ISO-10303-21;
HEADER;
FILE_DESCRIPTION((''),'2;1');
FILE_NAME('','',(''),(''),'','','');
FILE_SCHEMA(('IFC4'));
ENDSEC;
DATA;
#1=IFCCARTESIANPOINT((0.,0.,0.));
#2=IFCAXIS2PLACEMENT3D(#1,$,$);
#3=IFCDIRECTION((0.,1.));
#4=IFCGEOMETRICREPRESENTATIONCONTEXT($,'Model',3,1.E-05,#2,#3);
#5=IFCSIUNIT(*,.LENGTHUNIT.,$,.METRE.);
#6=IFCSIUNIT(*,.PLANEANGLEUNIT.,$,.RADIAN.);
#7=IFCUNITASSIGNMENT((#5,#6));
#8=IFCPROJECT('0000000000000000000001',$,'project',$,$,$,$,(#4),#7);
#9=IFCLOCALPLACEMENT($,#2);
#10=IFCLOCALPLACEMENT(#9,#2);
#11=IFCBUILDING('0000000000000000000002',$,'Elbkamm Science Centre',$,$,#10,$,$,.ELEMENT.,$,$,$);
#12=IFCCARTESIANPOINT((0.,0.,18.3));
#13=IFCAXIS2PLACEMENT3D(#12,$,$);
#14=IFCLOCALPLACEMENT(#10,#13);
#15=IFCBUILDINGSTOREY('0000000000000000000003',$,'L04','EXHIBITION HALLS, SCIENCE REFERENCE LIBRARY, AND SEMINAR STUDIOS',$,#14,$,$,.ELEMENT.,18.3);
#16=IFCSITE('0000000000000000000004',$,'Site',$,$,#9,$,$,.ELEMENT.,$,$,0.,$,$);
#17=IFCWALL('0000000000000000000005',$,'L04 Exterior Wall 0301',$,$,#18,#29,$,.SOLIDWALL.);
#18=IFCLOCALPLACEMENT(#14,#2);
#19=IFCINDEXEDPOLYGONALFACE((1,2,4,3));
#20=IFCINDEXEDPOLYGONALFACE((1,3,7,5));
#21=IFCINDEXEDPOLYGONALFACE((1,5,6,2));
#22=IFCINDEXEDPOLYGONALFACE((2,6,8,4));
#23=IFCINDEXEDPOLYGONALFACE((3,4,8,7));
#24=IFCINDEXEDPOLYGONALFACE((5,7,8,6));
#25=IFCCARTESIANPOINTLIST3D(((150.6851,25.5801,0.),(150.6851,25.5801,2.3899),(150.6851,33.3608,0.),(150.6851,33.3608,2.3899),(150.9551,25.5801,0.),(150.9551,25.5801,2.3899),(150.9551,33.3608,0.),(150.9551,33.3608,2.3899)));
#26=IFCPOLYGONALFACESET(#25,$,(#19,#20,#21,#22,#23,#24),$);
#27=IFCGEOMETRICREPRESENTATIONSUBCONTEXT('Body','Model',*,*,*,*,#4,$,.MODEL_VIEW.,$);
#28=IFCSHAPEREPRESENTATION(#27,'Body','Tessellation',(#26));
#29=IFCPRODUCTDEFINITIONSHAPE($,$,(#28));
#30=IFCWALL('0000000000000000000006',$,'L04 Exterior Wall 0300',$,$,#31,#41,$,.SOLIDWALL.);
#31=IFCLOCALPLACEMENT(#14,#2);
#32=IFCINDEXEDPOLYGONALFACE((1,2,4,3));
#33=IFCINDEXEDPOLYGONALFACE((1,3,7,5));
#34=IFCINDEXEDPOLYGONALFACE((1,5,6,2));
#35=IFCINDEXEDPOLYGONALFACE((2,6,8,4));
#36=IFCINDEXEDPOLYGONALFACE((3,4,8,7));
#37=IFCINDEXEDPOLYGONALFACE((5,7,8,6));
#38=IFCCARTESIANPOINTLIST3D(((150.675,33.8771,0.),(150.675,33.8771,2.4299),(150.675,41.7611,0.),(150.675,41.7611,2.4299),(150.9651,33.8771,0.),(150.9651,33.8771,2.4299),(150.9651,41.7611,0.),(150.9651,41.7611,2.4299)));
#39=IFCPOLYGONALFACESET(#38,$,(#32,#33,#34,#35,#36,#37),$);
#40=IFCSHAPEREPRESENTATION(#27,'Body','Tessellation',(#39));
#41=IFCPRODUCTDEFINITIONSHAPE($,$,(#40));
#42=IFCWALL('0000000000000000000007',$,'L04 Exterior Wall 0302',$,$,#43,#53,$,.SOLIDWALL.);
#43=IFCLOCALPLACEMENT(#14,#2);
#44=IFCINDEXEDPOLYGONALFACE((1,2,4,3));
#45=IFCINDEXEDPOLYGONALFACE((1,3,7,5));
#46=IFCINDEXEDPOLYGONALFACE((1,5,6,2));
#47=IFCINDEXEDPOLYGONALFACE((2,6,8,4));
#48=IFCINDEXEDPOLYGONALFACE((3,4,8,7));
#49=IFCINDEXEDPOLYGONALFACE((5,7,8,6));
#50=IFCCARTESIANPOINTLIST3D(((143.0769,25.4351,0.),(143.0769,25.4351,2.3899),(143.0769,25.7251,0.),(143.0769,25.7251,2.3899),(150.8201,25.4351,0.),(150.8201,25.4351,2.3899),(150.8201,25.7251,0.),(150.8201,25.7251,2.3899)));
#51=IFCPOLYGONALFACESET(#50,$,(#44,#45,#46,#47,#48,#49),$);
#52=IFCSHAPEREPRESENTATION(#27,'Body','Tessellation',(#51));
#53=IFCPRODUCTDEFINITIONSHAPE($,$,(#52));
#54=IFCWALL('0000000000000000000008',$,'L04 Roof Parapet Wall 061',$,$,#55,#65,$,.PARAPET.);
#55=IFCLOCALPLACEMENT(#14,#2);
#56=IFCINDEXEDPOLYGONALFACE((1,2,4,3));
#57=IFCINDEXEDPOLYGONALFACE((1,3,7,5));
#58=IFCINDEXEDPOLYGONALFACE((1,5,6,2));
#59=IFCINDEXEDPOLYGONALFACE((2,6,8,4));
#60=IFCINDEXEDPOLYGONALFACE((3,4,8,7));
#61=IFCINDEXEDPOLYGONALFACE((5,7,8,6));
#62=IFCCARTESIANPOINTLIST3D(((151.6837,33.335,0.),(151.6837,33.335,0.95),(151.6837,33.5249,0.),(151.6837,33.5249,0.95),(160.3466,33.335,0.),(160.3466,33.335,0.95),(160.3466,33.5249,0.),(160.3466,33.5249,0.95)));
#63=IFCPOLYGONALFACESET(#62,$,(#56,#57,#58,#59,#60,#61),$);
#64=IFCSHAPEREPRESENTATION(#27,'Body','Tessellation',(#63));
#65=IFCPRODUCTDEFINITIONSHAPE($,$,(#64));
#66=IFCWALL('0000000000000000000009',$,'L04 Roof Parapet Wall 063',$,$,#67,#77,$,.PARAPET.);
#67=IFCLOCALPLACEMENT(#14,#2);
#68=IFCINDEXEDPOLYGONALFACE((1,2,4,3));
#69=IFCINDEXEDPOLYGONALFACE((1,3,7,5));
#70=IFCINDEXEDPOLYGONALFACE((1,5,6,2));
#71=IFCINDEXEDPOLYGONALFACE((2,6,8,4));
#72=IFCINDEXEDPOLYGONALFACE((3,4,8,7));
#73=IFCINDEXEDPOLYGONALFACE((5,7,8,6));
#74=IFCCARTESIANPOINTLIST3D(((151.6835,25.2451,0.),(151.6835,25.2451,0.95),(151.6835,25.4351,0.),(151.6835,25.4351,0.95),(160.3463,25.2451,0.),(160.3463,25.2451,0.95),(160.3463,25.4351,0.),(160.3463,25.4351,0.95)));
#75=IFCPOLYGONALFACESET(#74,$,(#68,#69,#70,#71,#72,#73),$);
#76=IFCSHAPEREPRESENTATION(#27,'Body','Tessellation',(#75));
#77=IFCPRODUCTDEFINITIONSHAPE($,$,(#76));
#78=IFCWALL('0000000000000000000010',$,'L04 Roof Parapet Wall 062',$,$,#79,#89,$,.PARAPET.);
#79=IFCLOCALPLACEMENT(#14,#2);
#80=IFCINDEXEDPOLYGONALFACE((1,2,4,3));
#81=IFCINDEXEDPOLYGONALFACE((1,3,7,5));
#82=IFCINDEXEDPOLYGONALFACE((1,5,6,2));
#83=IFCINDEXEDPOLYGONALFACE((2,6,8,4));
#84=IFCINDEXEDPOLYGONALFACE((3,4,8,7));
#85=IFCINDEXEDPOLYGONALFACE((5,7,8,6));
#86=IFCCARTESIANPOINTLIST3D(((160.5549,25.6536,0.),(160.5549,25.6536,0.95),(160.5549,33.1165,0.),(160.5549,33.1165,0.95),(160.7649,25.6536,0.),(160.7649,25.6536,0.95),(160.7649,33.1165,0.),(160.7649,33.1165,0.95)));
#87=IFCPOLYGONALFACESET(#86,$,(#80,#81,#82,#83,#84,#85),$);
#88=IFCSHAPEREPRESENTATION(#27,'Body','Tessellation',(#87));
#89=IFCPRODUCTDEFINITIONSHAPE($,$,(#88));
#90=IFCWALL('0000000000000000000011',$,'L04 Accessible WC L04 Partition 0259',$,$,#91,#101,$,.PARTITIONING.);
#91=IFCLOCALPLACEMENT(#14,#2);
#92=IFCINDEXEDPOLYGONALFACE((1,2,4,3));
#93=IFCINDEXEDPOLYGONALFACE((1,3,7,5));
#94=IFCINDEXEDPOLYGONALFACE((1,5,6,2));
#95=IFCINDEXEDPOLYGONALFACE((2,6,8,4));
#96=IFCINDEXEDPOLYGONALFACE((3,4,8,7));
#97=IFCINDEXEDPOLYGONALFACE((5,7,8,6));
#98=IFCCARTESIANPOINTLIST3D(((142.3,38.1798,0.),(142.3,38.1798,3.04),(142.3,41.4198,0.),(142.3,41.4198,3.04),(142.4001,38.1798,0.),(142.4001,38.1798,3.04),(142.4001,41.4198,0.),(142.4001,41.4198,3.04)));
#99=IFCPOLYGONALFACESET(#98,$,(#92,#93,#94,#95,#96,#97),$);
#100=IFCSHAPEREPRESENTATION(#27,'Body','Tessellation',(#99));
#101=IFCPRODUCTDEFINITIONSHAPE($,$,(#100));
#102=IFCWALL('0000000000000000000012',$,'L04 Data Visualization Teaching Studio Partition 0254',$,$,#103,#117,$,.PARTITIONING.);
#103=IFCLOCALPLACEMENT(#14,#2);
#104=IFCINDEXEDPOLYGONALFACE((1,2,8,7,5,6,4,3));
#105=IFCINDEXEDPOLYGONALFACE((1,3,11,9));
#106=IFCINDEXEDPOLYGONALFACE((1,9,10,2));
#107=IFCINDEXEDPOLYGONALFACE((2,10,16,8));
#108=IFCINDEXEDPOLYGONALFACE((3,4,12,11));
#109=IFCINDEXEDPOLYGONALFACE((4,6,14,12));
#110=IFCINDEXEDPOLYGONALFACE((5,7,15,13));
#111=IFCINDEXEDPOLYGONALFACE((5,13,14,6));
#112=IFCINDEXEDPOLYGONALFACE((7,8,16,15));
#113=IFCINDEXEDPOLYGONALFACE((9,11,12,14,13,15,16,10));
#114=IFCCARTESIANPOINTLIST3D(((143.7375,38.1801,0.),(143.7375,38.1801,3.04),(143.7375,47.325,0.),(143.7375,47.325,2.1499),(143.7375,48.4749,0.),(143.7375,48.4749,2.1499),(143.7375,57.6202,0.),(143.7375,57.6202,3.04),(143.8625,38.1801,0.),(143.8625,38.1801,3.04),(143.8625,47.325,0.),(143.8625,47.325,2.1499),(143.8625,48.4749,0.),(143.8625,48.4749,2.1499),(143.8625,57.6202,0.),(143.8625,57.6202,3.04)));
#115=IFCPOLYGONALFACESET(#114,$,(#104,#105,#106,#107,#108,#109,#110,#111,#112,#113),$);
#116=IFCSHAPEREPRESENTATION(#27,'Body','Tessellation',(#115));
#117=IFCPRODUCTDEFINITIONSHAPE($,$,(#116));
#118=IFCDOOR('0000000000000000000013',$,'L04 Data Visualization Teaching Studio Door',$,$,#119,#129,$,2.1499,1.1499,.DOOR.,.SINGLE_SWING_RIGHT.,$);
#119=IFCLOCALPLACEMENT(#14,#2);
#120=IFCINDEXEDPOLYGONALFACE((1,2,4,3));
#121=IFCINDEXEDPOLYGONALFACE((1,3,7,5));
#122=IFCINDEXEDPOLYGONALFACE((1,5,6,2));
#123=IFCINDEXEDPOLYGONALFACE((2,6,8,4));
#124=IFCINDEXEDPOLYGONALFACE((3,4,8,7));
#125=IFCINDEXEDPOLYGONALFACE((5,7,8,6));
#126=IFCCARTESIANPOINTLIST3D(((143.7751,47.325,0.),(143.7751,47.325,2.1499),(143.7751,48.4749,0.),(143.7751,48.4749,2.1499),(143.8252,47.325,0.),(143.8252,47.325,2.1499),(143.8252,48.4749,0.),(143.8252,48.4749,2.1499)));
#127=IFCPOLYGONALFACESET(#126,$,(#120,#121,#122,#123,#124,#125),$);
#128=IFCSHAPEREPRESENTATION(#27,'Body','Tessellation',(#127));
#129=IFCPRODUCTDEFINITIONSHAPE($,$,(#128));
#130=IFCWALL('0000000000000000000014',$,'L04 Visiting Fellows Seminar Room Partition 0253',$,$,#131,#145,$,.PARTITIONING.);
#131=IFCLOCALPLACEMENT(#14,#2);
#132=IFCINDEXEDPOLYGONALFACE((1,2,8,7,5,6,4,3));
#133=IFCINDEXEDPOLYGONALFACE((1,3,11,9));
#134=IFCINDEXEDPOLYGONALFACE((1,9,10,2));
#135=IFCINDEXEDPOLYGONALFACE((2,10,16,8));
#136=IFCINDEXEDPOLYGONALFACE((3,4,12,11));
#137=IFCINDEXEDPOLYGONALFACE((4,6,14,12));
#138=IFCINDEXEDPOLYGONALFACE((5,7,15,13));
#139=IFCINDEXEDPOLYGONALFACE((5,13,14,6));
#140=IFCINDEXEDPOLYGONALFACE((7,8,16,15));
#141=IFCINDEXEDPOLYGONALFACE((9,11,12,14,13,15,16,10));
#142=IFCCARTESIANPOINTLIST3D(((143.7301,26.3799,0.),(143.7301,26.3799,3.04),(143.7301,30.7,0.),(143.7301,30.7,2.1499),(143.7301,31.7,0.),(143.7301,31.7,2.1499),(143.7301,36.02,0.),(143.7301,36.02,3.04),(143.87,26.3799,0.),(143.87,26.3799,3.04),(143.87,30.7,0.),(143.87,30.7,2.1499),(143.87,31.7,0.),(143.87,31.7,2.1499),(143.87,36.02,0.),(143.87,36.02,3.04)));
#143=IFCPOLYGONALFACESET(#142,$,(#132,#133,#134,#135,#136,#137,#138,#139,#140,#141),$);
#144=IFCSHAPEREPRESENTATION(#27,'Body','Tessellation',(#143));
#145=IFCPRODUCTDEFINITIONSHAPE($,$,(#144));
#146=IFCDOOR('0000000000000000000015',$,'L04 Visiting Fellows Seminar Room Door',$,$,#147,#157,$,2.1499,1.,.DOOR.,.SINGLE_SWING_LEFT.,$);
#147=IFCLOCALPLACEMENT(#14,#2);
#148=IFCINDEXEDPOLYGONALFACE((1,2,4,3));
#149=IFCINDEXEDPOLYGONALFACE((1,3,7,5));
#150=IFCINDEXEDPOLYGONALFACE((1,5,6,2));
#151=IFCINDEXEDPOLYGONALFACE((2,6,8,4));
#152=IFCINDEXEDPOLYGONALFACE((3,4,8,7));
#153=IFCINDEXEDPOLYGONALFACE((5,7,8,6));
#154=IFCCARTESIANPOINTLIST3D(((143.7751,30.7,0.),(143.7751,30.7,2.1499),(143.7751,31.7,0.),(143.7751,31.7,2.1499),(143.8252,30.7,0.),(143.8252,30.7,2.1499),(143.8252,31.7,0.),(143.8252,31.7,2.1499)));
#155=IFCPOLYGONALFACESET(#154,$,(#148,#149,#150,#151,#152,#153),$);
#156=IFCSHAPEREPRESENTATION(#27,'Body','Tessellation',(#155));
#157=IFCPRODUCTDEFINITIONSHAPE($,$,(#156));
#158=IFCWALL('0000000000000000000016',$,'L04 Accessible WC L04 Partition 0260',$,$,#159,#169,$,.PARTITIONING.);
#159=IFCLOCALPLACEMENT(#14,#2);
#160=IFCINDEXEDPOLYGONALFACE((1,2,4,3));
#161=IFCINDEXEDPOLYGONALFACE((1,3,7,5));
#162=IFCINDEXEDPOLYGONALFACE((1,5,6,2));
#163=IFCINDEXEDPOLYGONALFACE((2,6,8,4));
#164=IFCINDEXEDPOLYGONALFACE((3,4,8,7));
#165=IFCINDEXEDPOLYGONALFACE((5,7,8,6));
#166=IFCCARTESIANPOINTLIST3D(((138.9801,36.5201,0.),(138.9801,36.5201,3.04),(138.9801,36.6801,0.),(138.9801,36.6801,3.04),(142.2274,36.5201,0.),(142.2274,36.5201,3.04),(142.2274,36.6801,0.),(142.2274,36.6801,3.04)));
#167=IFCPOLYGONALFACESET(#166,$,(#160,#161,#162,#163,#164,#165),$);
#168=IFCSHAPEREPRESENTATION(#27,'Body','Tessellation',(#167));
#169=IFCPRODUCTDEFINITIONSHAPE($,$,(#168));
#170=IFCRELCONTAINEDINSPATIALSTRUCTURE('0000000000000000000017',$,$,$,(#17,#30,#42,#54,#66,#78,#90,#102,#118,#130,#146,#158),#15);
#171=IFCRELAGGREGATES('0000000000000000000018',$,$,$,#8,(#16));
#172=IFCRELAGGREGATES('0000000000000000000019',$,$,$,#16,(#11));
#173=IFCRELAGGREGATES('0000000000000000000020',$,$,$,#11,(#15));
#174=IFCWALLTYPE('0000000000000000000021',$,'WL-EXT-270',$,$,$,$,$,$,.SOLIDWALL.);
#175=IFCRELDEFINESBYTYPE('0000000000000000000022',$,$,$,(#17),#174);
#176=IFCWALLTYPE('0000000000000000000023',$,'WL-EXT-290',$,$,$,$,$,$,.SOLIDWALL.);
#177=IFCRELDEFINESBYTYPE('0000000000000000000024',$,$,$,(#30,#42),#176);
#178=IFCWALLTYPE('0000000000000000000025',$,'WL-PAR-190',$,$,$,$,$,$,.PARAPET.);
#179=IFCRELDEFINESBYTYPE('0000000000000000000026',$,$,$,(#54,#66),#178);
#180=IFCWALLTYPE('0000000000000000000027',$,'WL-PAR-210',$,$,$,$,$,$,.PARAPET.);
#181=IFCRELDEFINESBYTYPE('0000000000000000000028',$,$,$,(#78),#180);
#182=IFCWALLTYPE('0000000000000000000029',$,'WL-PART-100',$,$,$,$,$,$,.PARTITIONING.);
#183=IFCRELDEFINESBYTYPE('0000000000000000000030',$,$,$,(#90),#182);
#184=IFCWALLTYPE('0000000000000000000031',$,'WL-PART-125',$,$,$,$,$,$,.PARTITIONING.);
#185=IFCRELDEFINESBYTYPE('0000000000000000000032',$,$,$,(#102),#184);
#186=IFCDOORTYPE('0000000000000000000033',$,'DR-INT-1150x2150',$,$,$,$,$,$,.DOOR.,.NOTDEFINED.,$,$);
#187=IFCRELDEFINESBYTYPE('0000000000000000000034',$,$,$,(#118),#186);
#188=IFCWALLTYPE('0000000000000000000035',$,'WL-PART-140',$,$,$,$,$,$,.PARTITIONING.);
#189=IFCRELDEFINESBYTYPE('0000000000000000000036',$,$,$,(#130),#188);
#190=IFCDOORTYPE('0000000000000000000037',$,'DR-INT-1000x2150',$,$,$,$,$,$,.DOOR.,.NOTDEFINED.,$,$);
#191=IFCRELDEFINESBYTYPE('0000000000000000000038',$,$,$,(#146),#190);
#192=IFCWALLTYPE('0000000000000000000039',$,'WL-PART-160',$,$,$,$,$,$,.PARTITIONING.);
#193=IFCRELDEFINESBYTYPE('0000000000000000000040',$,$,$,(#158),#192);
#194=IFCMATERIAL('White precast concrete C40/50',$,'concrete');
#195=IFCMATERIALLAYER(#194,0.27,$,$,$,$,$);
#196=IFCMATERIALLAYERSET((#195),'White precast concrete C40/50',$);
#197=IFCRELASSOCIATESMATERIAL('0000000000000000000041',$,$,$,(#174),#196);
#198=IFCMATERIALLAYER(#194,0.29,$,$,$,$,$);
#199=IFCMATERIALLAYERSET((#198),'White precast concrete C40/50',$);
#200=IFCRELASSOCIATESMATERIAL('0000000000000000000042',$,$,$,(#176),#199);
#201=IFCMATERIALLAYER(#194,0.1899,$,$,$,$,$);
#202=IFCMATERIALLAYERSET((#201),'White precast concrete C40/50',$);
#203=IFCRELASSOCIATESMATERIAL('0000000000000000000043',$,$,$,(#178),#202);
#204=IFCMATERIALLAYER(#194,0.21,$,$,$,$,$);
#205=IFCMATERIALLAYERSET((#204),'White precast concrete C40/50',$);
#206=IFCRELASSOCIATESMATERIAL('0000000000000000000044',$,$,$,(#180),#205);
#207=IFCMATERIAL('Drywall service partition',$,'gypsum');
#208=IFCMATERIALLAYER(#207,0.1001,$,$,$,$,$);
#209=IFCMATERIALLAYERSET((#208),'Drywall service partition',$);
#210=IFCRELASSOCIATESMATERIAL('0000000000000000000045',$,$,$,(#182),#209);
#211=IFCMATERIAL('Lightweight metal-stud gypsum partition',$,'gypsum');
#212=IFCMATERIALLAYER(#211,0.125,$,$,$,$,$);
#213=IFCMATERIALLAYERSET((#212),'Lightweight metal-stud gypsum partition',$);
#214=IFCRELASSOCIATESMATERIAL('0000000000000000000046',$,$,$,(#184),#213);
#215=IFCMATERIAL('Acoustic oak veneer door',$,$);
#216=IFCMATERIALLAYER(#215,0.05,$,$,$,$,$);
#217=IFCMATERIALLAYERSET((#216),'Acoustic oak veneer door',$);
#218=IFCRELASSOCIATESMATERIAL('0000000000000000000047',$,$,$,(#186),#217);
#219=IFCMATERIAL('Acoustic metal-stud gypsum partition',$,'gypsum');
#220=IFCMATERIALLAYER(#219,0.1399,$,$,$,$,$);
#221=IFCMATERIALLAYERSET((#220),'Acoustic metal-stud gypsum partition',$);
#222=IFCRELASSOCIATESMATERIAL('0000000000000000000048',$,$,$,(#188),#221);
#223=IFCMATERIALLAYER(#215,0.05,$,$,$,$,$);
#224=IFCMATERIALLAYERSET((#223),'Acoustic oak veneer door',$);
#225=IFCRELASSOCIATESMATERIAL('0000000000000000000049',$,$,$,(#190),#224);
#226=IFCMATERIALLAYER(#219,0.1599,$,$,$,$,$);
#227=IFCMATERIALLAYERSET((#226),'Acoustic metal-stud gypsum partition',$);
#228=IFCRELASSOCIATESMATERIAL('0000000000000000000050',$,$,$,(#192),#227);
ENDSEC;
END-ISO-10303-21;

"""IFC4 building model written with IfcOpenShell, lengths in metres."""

from ifc_helpers import new_model, si_unit, direction, frame, frame_2d, origin, place, context, subcontext, project, spatial, rectangle, extrude, material, layer, layer_set, type_object, element, fill, save


model = new_model("IFC4")

# Units and contexts
model_context = context("Model", 3, precision=1e-05, world=origin(), true_north=direction((0.0, 1.0)))
body_context = subcontext(model_context, "Body", "Model", "MODEL_VIEW")
ifc_project = project(units=[si_unit("LENGTHUNIT", "METRE"), si_unit("PLANEANGLEUNIT", "RADIAN")], contexts=[model_context])

# Site, building, storey
site_placement = place(None, origin())
site = spatial("IfcSite", under=ifc_project, at=site_placement, Name="Site", CompositionType="ELEMENT", RefElevation=0.0)
building_placement = place(site_placement, origin())
building = spatial("IfcBuilding", under=site, at=building_placement, Name="Elbkamm Science Centre", CompositionType="ELEMENT")
storey_placement = place(building_placement, frame((0.0, 0.0, 18.3)))
storey = spatial("IfcBuildingStorey", under=building, at=storey_placement, Name="L04", Description="EXHIBITION HALLS, SCIENCE REFERENCE LIBRARY, AND SEMINAR STUDIOS", CompositionType="ELEMENT", Elevation=18.3)

# Walls
ifc_material_1 = material(Name="White precast concrete C40/50", Category="concrete")
ifc_layer_1 = layer(ifc_material_1, 0.27)
ifc_layer_set_1 = layer_set([ifc_layer_1], Name="White precast concrete C40/50")
wall_type_1 = type_object("IfcWallType", Name="WL-EXT-270", PredefinedType="SOLIDWALL", material=ifc_layer_set_1)
wall_1_placement = place(storey_placement, frame((150.8201, 33.3608, 0.0), z_axis=(0.0, 0.0, 1.0), x_axis=(0.0, -1.0, 0.0)))
element("IfcWall", 1, at=wall_1_placement, inside=storey, type_object=wall_type_1, Name="L04 Exterior Wall 0301", PredefinedType="SOLIDWALL", context=body_context, shape_type="SweptSolid", body=[
    extrude(rectangle(XDim=7.7808, YDim=0.27, at=frame_2d((3.8904, 0.0))), origin(), (0.0, 0.0, 1.0), 2.3899),
])
ifc_layer_2 = layer(ifc_material_1, 0.29)
ifc_layer_set_2 = layer_set([ifc_layer_2], Name="White precast concrete C40/50")
wall_type_2 = type_object("IfcWallType", Name="WL-EXT-290", PredefinedType="SOLIDWALL", material=ifc_layer_set_2)
wall_2_placement = place(storey_placement, frame((150.8201, 41.761, 0.0), z_axis=(0.0, 0.0, 1.0), x_axis=(0.0, -1.0, 0.0)))
element("IfcWall", 2, at=wall_2_placement, inside=storey, type_object=wall_type_2, Name="L04 Exterior Wall 0300", PredefinedType="SOLIDWALL", context=body_context, shape_type="SweptSolid", body=[
    extrude(rectangle(XDim=7.884, YDim=0.29, at=frame_2d((3.9419, 0.0))), origin(), (0.0, 0.0, 1.0), 2.4299),
])
wall_3_placement = place(storey_placement, frame((150.8201, 25.5801, 0.0), z_axis=(0.0, 0.0, 1.0), x_axis=(-1.0, 0.0, 0.0)))
element("IfcWall", 3, at=wall_3_placement, inside=storey, type_object=wall_type_2, Name="L04 Exterior Wall 0302", PredefinedType="SOLIDWALL", context=body_context, shape_type="SweptSolid", body=[
    extrude(rectangle(XDim=7.7432, YDim=0.29, at=frame_2d((3.8716, 0.0))), origin(), (0.0, 0.0, 1.0), 2.3899),
])
ifc_layer_3 = layer(ifc_material_1, 0.1899)
ifc_layer_set_3 = layer_set([ifc_layer_3], Name="White precast concrete C40/50")
wall_type_3 = type_object("IfcWallType", Name="WL-PAR-190", PredefinedType="PARAPET", material=ifc_layer_set_3)
for number, where, z_axis, x_axis, name in (
    (4, (151.6836, 33.4299, 0.0), (0.0, 0.0, 1.0), (1.0, 0.0, 0.0), "L04 Roof Parapet Wall 061"),
    (5, (160.3464, 25.3401, 0.0), (0.0, 0.0, 1.0), (-1.0, 0.0, 0.0), "L04 Roof Parapet Wall 063"),
):
    element("IfcWall", number, at=place(storey_placement, frame(where, z_axis=z_axis, x_axis=x_axis)), inside=storey, type_object=wall_type_3, Name=name, PredefinedType="PARAPET", context=body_context, shape_type="SweptSolid", body=[
        extrude(rectangle(XDim=8.6628, YDim=0.1899, at=frame_2d((4.3315, 0.0))), origin(), (0.0, 0.0, 1.0), 0.95),
    ])
ifc_layer_4 = layer(ifc_material_1, 0.21)
ifc_layer_set_4 = layer_set([ifc_layer_4], Name="White precast concrete C40/50")
wall_type_4 = type_object("IfcWallType", Name="WL-PAR-210", PredefinedType="PARAPET", material=ifc_layer_set_4)
wall_4_placement = place(storey_placement, frame((160.6599, 33.1165, 0.0), z_axis=(0.0, 0.0, 1.0), x_axis=(0.0, -1.0, 0.0)))
element("IfcWall", 6, at=wall_4_placement, inside=storey, type_object=wall_type_4, Name="L04 Roof Parapet Wall 062", PredefinedType="PARAPET", context=body_context, shape_type="SweptSolid", body=[
    extrude(rectangle(XDim=7.4629, YDim=0.21, at=frame_2d((3.7314, 0.0))), origin(), (0.0, 0.0, 1.0), 0.95),
])
ifc_material_2 = material(Name="Drywall service partition", Category="gypsum")
ifc_layer_5 = layer(ifc_material_2, 0.1001)
ifc_layer_set_5 = layer_set([ifc_layer_5], Name="Drywall service partition")
wall_type_5 = type_object("IfcWallType", Name="WL-PART-100", PredefinedType="PARTITIONING", material=ifc_layer_set_5)
wall_5_placement = place(storey_placement, frame((142.3501, 41.4199, 0.0), z_axis=(0.0, 0.0, 1.0), x_axis=(0.0, -1.0, 0.0)))
element("IfcWall", 7, at=wall_5_placement, inside=storey, type_object=wall_type_5, Name="L04 Accessible WC L04 Partition 0259", PredefinedType="PARTITIONING", context=body_context, shape_type="SweptSolid", body=[
    extrude(rectangle(XDim=3.24, YDim=0.1001, at=frame_2d((1.6201, 0.0))), origin(), (0.0, 0.0, 1.0), 3.04),
])

# Walls, openings, doors
ifc_material_3 = material(Name="Lightweight metal-stud gypsum partition", Category="gypsum")
ifc_layer_6 = layer(ifc_material_3, 0.125)
ifc_layer_set_6 = layer_set([ifc_layer_6], Name="Lightweight metal-stud gypsum partition")
wall_type_6 = type_object("IfcWallType", Name="WL-PART-125", PredefinedType="PARTITIONING", material=ifc_layer_set_6)
wall_6_placement = place(storey_placement, frame((143.8, 38.1799, 0.0), z_axis=(0.0, 0.0, 1.0), x_axis=(0.0, 1.0, 0.0)))
wall_6 = element("IfcWall", 8, at=wall_6_placement, inside=storey, type_object=wall_type_6, Name="L04 Data Visualization Teaching Studio Partition 0254", PredefinedType="PARTITIONING", context=body_context, shape_type="SweptSolid", body=[
    extrude(rectangle(XDim=19.4402, YDim=0.125, at=frame_2d((9.7202, 0.0))), origin(), (0.0, 0.0, 1.0), 3.04),
])
opening_1_placement = place(wall_6_placement, frame((9.145, 0.0, 0.0)))
opening_1 = element("IfcOpeningElement", 9, at=opening_1_placement, cuts=wall_6, PredefinedType="OPENING", context=body_context, shape_type="SweptSolid", body=[
    extrude(rectangle(XDim=1.1499, YDim=2.1499, at=frame_2d((0.575, 1.075))), frame((0.0, 0.0745, 0.0), z_axis=(0.0, -1.0, 0.0), x_axis=(1.0, 0.0, 0.0)), (0.0, 0.0, 1.0), 0.1489),
])
ifc_material_4 = material(Name="Acoustic oak veneer door")
ifc_layer_7 = layer(ifc_material_4, 0.05)
ifc_layer_set_7 = layer_set([ifc_layer_7], Name="Acoustic oak veneer door")
door_type_1 = type_object("IfcDoorType", Name="DR-INT-1150x2150", OperationType="NOTDEFINED", PredefinedType="DOOR", material=ifc_layer_set_7)
door_1_placement = place(opening_1_placement, origin())
door_1 = element("IfcDoor", 10, at=door_1_placement, inside=storey, type_object=door_type_1, Name="L04 Data Visualization Teaching Studio Door", OperationType="SINGLE_SWING_RIGHT", OverallHeight=2.1499, OverallWidth=1.1499, PredefinedType="DOOR", context=body_context, shape_type="SweptSolid", body=[
    extrude(rectangle(XDim=1.1499, YDim=2.1499, at=frame_2d((0.575, 1.075))), frame((0.0, 0.0249, 0.0), z_axis=(0.0, -1.0, 0.0), x_axis=(1.0, 0.0, 0.0)), (0.0, 0.0, 1.0), 0.05),
])
fill(opening_1, door_1)
ifc_material_5 = material(Name="Acoustic metal-stud gypsum partition", Category="gypsum")
ifc_layer_8 = layer(ifc_material_5, 0.1399)
ifc_layer_set_8 = layer_set([ifc_layer_8], Name="Acoustic metal-stud gypsum partition")
wall_type_7 = type_object("IfcWallType", Name="WL-PART-140", PredefinedType="PARTITIONING", material=ifc_layer_set_8)
wall_7_placement = place(storey_placement, frame((143.8, 26.3799, 0.0), z_axis=(0.0, 0.0, 1.0), x_axis=(0.0, 1.0, 0.0)))
wall_7 = element("IfcWall", 11, at=wall_7_placement, inside=storey, type_object=wall_type_7, Name="L04 Visiting Fellows Seminar Room Partition 0253", PredefinedType="PARTITIONING", context=body_context, shape_type="SweptSolid", body=[
    extrude(rectangle(XDim=9.6401, YDim=0.1399, at=frame_2d((4.8201, 0.0))), origin(), (0.0, 0.0, 1.0), 3.04),
])
opening_2_placement = place(wall_7_placement, frame((4.3201, 0.0, 0.0)))
opening_2 = element("IfcOpeningElement", 12, at=opening_2_placement, cuts=wall_7, PredefinedType="OPENING", context=body_context, shape_type="SweptSolid", body=[
    extrude(rectangle(XDim=1.0, YDim=2.1499, at=frame_2d((0.5, 1.075))), frame((0.0, 0.082, 0.0), z_axis=(0.0, -1.0, 0.0), x_axis=(1.0, 0.0, 0.0)), (0.0, 0.0, 1.0), 0.1638),
])
ifc_layer_9 = layer(ifc_material_4, 0.05)
ifc_layer_set_9 = layer_set([ifc_layer_9], Name="Acoustic oak veneer door")
door_type_2 = type_object("IfcDoorType", Name="DR-INT-1000x2150", OperationType="NOTDEFINED", PredefinedType="DOOR", material=ifc_layer_set_9)
door_2_placement = place(opening_2_placement, origin())
door_2 = element("IfcDoor", 13, at=door_2_placement, inside=storey, type_object=door_type_2, Name="L04 Visiting Fellows Seminar Room Door", OperationType="SINGLE_SWING_LEFT", OverallHeight=2.1499, OverallWidth=1.0, PredefinedType="DOOR", context=body_context, shape_type="SweptSolid", body=[
    extrude(rectangle(XDim=1.0, YDim=2.1499, at=frame_2d((0.5, 1.075))), frame((0.0, 0.0249, 0.0), z_axis=(0.0, -1.0, 0.0), x_axis=(1.0, 0.0, 0.0)), (0.0, 0.0, 1.0), 0.05),
])
fill(opening_2, door_2)

# Wall
ifc_layer_10 = layer(ifc_material_5, 0.1599)
ifc_layer_set_10 = layer_set([ifc_layer_10], Name="Acoustic metal-stud gypsum partition")
wall_type_8 = type_object("IfcWallType", Name="WL-PART-160", PredefinedType="PARTITIONING", material=ifc_layer_set_10)
wall_8_placement = place(storey_placement, frame((142.2273, 36.6001, 0.0), z_axis=(0.0, 0.0, 1.0), x_axis=(-1.0, 0.0, 0.0)))
element("IfcWall", 14, at=wall_8_placement, inside=storey, type_object=wall_type_8, Name="L04 Accessible WC L04 Partition 0260", PredefinedType="PARTITIONING", context=body_context, shape_type="SweptSolid", body=[
    extrude(rectangle(XDim=3.2473, YDim=0.1599, at=frame_2d((1.6235, 0.0))), origin(), (0.0, 0.0, 1.0), 3.04),
])

save(model, "model.ifc")
